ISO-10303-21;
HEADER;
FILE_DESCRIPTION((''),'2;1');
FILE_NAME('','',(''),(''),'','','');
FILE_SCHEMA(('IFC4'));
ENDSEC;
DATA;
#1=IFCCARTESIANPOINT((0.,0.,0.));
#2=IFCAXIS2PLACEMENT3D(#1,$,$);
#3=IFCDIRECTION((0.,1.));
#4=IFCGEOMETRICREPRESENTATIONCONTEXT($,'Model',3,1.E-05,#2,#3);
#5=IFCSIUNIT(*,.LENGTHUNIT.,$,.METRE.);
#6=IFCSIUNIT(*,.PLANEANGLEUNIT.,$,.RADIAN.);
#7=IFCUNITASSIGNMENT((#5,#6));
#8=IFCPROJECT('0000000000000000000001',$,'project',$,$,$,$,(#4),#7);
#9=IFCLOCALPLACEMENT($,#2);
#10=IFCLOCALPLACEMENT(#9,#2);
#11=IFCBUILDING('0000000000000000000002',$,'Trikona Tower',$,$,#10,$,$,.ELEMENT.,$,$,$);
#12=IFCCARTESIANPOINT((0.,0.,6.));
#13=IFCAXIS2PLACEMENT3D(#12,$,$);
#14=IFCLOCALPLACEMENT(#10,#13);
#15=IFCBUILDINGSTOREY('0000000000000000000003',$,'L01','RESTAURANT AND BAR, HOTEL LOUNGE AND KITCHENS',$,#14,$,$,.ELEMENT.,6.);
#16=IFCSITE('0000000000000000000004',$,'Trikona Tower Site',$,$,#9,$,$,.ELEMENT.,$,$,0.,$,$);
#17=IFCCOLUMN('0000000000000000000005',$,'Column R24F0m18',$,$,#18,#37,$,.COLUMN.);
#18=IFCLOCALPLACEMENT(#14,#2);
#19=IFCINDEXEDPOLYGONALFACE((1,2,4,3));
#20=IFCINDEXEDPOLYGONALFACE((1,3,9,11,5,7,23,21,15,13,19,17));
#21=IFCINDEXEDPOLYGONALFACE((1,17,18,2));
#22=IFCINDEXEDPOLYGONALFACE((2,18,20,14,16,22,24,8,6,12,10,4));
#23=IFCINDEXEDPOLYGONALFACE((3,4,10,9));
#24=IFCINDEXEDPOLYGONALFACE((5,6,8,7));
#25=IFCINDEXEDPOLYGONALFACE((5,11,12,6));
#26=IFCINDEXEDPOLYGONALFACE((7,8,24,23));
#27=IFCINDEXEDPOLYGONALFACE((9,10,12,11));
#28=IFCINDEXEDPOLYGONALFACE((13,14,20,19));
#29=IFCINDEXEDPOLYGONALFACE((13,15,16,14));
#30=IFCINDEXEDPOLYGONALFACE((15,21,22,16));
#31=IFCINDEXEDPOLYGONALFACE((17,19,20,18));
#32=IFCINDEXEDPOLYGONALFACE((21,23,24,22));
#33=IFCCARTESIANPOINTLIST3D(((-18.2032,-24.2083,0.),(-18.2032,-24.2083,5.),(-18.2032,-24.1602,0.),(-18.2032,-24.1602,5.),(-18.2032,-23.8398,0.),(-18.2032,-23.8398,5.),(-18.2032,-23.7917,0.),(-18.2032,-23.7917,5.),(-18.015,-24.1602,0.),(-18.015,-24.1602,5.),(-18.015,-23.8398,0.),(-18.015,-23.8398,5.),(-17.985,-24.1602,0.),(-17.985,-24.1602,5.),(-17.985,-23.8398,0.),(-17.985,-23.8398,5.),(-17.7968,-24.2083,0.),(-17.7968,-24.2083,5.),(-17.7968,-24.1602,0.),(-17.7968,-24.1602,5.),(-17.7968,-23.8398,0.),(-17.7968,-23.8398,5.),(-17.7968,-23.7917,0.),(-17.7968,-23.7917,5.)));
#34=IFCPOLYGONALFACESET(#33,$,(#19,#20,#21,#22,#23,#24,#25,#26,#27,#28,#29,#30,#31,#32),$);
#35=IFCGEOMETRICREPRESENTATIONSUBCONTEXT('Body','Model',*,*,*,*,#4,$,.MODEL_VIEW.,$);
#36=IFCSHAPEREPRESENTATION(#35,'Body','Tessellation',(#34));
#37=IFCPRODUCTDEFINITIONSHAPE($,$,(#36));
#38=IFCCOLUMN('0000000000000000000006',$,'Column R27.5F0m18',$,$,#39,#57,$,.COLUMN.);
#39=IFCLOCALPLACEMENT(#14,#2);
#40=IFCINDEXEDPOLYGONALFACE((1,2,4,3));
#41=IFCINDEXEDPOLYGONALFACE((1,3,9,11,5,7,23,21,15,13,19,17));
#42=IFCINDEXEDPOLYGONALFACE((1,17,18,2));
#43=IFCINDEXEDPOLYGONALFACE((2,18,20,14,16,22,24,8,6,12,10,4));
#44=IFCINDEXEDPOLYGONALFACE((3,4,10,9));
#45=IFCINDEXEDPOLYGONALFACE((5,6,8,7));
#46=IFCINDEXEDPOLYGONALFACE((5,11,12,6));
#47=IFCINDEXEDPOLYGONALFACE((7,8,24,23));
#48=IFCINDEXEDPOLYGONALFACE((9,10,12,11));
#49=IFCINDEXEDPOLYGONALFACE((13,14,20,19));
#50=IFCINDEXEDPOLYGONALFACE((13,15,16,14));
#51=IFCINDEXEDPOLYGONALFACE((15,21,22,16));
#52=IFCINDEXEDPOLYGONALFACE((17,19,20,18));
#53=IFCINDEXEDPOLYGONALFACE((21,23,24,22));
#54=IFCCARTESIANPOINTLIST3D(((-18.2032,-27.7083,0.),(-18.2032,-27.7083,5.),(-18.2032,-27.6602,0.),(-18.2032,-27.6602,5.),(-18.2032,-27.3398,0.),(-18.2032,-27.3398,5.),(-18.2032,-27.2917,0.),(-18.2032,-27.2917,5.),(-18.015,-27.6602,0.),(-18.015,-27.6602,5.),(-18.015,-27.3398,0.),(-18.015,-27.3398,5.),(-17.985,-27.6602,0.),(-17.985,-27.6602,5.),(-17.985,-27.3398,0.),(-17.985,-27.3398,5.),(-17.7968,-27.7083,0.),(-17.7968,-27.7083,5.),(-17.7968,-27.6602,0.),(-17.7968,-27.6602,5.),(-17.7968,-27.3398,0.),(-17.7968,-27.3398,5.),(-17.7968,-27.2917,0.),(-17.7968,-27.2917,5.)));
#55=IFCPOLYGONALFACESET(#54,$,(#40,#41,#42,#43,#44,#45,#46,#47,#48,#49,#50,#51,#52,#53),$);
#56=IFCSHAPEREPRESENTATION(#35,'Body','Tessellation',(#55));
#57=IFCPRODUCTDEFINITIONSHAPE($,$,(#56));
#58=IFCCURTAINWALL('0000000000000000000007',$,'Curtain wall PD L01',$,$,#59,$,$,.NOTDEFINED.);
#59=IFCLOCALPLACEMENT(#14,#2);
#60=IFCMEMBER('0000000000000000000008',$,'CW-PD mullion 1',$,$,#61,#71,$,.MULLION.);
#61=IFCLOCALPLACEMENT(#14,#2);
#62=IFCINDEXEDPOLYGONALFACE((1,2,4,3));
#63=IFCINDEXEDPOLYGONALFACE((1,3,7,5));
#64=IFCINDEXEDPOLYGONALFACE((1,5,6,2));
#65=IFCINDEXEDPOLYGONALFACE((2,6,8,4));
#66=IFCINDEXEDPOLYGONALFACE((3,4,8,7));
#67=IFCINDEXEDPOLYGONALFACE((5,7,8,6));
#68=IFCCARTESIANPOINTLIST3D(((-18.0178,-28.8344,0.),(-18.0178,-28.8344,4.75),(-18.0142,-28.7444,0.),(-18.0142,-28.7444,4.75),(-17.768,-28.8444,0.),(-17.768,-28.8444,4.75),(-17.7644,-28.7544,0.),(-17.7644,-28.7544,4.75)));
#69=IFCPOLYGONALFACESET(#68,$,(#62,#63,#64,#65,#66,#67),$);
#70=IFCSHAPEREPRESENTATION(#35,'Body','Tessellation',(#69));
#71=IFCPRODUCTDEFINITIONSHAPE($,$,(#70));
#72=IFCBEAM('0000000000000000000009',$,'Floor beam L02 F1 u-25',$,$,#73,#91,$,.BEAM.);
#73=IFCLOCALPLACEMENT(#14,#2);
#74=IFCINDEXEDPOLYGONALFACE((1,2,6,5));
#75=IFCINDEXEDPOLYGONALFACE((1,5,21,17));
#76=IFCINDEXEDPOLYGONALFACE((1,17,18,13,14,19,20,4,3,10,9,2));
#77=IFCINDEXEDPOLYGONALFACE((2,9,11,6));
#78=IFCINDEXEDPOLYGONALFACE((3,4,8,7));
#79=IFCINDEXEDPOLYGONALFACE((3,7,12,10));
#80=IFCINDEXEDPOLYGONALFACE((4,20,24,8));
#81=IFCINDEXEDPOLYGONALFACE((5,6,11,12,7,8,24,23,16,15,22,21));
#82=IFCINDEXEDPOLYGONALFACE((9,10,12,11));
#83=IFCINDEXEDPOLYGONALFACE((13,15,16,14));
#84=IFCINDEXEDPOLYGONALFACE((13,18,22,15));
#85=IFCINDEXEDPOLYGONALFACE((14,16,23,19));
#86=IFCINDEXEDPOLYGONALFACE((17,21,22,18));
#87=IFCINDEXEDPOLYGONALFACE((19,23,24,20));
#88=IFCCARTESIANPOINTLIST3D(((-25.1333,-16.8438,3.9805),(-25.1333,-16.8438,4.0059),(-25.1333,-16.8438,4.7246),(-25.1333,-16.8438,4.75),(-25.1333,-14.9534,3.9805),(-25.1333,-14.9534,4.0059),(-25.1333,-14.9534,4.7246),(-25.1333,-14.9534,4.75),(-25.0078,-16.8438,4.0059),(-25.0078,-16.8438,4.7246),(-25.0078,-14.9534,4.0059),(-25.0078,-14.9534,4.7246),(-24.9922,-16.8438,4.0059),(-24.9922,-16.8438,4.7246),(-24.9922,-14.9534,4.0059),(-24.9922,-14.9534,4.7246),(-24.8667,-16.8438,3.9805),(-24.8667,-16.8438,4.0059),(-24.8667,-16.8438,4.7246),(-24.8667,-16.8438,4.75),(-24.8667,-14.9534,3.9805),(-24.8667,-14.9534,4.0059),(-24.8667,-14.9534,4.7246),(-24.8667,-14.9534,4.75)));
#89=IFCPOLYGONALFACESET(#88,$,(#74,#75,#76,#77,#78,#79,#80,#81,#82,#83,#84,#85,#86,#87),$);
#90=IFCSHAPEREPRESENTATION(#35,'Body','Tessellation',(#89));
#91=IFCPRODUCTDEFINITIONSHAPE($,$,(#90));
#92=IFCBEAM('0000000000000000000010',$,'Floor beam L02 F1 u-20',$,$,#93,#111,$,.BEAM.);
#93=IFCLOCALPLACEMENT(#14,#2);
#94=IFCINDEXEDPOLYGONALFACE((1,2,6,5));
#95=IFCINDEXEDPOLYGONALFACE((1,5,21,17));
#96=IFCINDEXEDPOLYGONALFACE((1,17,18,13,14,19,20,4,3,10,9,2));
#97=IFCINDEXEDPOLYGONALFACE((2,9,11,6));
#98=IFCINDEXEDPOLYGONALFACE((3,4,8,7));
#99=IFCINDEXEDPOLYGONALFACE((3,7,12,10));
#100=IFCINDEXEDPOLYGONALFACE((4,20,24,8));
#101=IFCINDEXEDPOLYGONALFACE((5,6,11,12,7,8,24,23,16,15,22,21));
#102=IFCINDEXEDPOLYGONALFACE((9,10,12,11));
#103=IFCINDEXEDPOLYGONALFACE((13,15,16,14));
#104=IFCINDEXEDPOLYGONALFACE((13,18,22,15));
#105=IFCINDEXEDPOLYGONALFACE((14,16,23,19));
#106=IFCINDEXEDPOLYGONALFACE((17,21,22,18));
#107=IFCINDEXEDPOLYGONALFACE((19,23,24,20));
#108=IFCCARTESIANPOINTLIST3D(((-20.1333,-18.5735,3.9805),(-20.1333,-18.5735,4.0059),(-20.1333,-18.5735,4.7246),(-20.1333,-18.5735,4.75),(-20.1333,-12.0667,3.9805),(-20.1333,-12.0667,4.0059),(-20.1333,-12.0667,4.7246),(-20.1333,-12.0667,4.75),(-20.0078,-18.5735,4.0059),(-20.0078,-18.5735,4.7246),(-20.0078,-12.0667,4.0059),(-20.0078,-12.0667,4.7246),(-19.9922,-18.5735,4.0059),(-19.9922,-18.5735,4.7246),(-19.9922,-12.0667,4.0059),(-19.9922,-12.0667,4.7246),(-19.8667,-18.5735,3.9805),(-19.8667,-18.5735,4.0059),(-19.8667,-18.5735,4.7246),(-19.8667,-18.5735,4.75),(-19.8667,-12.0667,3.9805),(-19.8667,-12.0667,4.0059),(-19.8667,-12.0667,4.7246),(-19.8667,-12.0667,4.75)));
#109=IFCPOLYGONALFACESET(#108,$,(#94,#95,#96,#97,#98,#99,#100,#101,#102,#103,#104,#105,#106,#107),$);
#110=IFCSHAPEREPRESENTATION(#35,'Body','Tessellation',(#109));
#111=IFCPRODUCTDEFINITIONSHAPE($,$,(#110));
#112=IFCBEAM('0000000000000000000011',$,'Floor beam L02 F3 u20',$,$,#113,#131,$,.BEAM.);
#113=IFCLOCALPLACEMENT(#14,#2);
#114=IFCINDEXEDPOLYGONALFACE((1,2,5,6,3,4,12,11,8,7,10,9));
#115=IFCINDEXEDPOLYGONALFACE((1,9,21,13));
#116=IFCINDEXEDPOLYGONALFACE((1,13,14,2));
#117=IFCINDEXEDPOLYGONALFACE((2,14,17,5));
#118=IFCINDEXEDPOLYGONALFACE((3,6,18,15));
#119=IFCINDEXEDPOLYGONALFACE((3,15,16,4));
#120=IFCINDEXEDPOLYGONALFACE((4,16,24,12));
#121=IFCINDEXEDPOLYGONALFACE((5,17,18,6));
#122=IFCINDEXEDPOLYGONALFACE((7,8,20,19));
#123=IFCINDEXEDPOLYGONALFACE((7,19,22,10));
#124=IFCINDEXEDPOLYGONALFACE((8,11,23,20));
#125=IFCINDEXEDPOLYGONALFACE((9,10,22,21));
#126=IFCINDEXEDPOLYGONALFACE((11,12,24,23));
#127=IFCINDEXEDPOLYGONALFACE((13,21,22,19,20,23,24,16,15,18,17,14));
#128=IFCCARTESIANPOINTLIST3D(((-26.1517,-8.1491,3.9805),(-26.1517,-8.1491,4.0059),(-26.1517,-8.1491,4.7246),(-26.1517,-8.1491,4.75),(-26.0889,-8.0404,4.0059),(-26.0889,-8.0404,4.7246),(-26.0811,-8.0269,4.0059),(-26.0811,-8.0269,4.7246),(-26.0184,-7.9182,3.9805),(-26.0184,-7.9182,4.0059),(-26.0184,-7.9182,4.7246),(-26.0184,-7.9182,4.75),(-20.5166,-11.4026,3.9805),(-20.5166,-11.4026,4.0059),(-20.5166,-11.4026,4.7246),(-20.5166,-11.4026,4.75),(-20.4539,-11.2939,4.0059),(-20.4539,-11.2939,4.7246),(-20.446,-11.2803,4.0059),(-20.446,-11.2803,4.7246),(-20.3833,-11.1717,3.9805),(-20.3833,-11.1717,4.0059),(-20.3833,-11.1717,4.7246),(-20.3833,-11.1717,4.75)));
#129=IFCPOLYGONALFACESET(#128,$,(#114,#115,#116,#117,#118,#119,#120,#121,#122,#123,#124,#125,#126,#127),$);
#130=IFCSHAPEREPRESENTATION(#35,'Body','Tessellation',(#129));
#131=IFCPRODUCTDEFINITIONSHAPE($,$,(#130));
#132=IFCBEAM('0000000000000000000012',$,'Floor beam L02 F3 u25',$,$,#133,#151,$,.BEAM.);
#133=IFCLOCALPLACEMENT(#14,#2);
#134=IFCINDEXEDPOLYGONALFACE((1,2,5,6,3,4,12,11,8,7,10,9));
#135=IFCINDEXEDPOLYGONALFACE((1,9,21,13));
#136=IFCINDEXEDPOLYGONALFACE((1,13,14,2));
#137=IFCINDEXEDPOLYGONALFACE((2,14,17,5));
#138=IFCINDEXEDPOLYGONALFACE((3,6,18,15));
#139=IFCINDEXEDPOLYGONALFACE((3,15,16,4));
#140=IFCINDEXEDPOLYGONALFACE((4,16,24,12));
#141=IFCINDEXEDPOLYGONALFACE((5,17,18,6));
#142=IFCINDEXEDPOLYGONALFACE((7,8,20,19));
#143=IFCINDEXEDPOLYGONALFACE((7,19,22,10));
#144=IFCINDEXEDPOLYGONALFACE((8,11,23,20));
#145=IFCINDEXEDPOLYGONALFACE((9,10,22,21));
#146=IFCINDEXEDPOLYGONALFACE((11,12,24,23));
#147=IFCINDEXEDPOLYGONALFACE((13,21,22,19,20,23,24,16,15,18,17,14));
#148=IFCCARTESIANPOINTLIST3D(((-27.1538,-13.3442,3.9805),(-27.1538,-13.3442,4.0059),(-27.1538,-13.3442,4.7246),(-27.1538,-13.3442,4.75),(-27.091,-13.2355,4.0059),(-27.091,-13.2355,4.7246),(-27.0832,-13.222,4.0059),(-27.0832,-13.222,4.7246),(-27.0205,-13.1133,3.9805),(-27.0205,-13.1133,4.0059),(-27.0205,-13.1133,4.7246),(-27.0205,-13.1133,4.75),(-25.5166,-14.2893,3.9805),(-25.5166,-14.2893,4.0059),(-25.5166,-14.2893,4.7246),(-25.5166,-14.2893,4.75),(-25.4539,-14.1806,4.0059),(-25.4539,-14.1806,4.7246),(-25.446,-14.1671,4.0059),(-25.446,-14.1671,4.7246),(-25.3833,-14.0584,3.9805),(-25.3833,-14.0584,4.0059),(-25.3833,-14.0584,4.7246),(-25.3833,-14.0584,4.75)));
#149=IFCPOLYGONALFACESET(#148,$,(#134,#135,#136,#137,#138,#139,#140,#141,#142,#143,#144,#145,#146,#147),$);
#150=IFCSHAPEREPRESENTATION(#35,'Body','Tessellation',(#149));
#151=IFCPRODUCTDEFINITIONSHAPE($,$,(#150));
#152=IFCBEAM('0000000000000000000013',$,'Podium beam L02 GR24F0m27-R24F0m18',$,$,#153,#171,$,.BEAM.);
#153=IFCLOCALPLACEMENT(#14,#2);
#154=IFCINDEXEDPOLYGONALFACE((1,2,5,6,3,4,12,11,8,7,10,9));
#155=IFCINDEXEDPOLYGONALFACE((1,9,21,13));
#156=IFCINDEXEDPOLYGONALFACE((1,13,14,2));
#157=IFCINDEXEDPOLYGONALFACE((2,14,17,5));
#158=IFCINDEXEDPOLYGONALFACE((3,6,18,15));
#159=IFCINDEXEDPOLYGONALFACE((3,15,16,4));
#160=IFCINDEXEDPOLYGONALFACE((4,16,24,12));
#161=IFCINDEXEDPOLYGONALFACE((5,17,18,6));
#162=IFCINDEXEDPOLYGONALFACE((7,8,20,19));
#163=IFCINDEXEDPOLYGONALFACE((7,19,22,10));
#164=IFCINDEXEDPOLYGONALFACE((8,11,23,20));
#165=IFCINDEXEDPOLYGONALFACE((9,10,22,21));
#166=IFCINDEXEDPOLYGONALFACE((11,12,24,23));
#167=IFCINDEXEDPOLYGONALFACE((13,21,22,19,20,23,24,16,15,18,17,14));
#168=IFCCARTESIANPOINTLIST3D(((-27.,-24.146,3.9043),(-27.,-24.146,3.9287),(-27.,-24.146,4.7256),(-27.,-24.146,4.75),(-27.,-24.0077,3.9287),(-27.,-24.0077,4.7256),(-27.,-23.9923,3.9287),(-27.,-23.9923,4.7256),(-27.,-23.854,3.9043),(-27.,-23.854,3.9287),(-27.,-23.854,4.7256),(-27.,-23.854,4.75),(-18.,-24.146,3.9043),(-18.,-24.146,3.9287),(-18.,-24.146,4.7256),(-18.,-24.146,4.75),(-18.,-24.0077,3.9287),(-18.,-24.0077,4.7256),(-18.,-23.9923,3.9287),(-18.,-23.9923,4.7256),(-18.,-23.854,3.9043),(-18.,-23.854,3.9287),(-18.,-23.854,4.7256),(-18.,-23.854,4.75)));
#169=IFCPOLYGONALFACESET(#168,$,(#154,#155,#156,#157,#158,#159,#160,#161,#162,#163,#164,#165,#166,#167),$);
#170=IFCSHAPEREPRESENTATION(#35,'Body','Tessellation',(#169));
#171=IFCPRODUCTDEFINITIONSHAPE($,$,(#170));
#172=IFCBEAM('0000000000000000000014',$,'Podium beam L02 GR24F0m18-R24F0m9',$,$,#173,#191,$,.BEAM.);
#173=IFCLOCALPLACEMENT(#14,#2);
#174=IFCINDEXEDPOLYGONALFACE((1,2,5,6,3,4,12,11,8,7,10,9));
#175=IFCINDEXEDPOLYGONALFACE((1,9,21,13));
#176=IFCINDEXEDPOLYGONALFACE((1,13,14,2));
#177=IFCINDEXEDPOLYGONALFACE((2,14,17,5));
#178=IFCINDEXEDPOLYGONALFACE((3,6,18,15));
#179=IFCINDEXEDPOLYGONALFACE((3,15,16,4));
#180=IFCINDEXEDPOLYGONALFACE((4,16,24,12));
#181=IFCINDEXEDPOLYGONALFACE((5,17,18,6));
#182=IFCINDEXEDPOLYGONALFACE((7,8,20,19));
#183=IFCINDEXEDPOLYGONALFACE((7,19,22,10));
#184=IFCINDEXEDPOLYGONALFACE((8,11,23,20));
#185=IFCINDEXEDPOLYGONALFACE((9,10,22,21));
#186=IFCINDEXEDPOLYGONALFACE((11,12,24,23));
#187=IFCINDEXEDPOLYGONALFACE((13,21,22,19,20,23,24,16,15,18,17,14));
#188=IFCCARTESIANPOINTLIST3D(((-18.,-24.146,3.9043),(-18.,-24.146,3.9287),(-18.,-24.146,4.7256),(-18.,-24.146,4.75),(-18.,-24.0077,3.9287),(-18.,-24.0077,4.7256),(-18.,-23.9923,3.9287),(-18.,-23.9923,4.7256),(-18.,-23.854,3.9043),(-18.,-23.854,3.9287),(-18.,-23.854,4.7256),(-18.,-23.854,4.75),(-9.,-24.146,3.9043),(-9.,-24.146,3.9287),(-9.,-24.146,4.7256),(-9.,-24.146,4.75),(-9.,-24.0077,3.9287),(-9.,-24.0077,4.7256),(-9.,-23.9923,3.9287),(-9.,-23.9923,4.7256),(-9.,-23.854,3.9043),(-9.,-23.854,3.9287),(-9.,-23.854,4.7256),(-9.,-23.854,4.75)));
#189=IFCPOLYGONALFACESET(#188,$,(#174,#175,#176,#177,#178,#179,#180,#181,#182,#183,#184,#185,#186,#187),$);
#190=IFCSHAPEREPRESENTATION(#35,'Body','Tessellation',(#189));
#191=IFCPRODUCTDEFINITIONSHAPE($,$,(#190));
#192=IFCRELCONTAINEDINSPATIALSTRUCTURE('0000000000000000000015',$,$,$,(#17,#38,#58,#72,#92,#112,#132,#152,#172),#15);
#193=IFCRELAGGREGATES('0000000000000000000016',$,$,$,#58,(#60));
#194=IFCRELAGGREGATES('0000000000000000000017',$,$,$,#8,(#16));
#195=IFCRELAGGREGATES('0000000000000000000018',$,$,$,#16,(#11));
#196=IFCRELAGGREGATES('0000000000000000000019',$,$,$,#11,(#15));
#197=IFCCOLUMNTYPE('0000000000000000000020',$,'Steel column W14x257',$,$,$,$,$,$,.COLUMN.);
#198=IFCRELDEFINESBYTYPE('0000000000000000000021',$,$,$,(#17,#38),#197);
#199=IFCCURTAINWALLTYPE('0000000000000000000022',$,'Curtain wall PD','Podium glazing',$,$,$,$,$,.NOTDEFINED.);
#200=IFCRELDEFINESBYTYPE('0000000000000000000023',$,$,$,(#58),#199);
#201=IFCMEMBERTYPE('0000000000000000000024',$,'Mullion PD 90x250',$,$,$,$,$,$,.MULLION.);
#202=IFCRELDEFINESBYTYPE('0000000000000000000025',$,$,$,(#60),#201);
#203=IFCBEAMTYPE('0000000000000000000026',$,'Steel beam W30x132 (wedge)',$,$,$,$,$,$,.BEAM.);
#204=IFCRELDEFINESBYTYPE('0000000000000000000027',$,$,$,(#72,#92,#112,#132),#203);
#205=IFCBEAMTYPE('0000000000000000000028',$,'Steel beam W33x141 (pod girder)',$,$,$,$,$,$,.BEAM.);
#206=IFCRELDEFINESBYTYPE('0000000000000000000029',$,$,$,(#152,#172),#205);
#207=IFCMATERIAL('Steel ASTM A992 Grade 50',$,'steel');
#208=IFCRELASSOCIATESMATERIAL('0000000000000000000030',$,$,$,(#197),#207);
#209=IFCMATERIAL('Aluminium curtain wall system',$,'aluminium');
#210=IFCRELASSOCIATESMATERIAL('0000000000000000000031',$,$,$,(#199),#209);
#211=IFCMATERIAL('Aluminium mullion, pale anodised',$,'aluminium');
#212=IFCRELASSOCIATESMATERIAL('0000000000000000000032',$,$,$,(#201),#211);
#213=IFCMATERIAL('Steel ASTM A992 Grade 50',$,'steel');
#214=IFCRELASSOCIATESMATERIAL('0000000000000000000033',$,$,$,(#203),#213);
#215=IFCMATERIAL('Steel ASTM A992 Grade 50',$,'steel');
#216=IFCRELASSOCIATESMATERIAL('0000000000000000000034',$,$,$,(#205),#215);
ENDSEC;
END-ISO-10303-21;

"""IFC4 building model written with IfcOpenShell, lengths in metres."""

from ifc_helpers import new_model, si_unit, direction, frame, origin, origin_2d, place, context, subcontext, project, spatial, rectangle, i_section, extrude, material, material_profile, profile_set, type_object, element, aggregate, save


model = new_model("IFC4")

# Units and contexts
model_context = context("Model", 3, precision=1e-05, world=origin(), true_north=direction((0.0, 1.0)))
body_context = subcontext(model_context, "Body", "Model", "MODEL_VIEW")
ifc_project = project(units=[si_unit("LENGTHUNIT", "METRE"), si_unit("PLANEANGLEUNIT", "RADIAN")], contexts=[model_context])

# Site, building, storey
site_placement = place(None, origin())
site = spatial("IfcSite", under=ifc_project, at=site_placement, Name="Trikona Tower Site", CompositionType="ELEMENT", RefElevation=0.0)
building_placement = place(site_placement, origin())
building = spatial("IfcBuilding", under=site, at=building_placement, Name="Trikona Tower", CompositionType="ELEMENT")
storey_placement = place(building_placement, frame((0.0, 0.0, 6.0)))
storey = spatial("IfcBuildingStorey", under=building, at=storey_placement, Name="L01", Description="RESTAURANT AND BAR, HOTEL LOUNGE AND KITCHENS", CompositionType="ELEMENT", Elevation=6.0)

# Columns
ifc_material_1 = material(Name="Steel ASTM A992 Grade 50", Category="steel")
ifc_material_profile_1 = material_profile(ifc_material_1, i_section(OverallWidth=0.4065, OverallDepth=0.4165, WebThickness=0.03, FlangeThickness=0.0481, at=origin_2d()), Name="W14X257")
ifc_profile_set_1 = profile_set([ifc_material_profile_1], Name="Steel ASTM A992 Grade 50")
column_type = type_object("IfcColumnType", Name="Steel column W14x257", PredefinedType="COLUMN", material=ifc_profile_set_1)
for number, where, z_axis, x_axis, name in (
    (1, (-18.0, -24.0, 0.0), (0.0, 0.0, 1.0), (1.0, 0.0, 0.0), "Column R24F0m18"),
    (2, (-18.0, -27.5, 0.0), (0.0, 0.0, 1.0), (1.0, 0.0, 0.0), "Column R27.5F0m18"),
):
    element("IfcColumn", number, at=place(storey_placement, frame(where, z_axis=z_axis, x_axis=x_axis)), inside=storey, type_object=column_type, Name=name, PredefinedType="COLUMN", context=body_context, shape_type="SweptSolid", body=[
        extrude(i_section(OverallWidth=0.4065, OverallDepth=0.4165, WebThickness=0.03, FlangeThickness=0.0481, at=origin_2d()), origin(), (0.0, 0.0, 1.0), 5.0),
    ])

# Curtain wall, member
ifc_material_2 = material(Name="Aluminium curtain wall system", Category="aluminium")
curtain_wall_type = type_object("IfcCurtainWallType", Name="Curtain wall PD", Description="Podium glazing", PredefinedType="NOTDEFINED", material=ifc_material_2)
curtain_wall_placement = place(storey_placement, origin())
curtain_wall = element("IfcCurtainWall", 3, at=curtain_wall_placement, inside=storey, type_object=curtain_wall_type, Name="Curtain wall PD L01", PredefinedType="NOTDEFINED")
ifc_material_3 = material(Name="Aluminium mullion, pale anodised", Category="aluminium")
ifc_material_profile_2 = material_profile(ifc_material_3, rectangle(XDim=0.0901, YDim=0.25, at=origin_2d()), Name="MUL-PD")
ifc_profile_set_2 = profile_set([ifc_material_profile_2], Name="Aluminium mullion, pale anodised")
member_type_1 = type_object("IfcMemberType", Name="Mullion PD 90x250", PredefinedType="MULLION", material=ifc_profile_set_2)
member_1_placement = place(storey_placement, frame((-17.8911, -28.7944, 0.0), z_axis=(0.0, 0.0, 1.0), x_axis=(0.039968, 0.999201, 0.0)))
member_1 = element("IfcMember", 4, at=member_1_placement, type_object=member_type_1, Name="CW-PD mullion 1", PredefinedType="MULLION", context=body_context, shape_type="SweptSolid", body=[
    extrude(rectangle(XDim=0.0901, YDim=0.25, at=origin_2d()), origin(), (0.0, 0.0, 1.0), 4.75),
])

# Beams
ifc_material_4 = material(Name="Steel ASTM A992 Grade 50", Category="steel")
ifc_material_profile_3 = material_profile(ifc_material_4, i_section(OverallWidth=0.2666, OverallDepth=0.7695, WebThickness=0.0156, FlangeThickness=0.0254, at=origin_2d()), Name="W30X132")
ifc_profile_set_3 = profile_set([ifc_material_profile_3], Name="Steel ASTM A992 Grade 50")
beam_type_1 = type_object("IfcBeamType", Name="Steel beam W30x132 (wedge)", PredefinedType="BEAM", material=ifc_profile_set_3)
beam_1_placement = place(storey_placement, frame((-25.0, -14.9534, 4.3652), z_axis=(0.0, -1.0, 0.0), x_axis=(1.0, 0.0, 0.0)))
element("IfcBeam", 5, at=beam_1_placement, inside=storey, type_object=beam_type_1, Name="Floor beam L02 F1 u-25", PredefinedType="BEAM", context=body_context, shape_type="SweptSolid", body=[
    extrude(i_section(OverallWidth=0.2666, OverallDepth=0.7695, WebThickness=0.0156, FlangeThickness=0.0254, at=origin_2d()), origin(), (0.0, 0.0, 1.0), 1.8904),
])
for number, where, z_axis, x_axis, name in (
    (6, (-20.0, -12.0667, 4.3652), (0.0, -1.0, 0.0), (1.0, 0.0, 0.0), "Floor beam L02 F1 u-20"),
    (7, (-20.45, -11.2871, 4.3652), (-0.866023, 0.500005, 0.0), (-0.500005, -0.866023, 0.0), "Floor beam L02 F3 u20"),
):
    element("IfcBeam", number, at=place(storey_placement, frame(where, z_axis=z_axis, x_axis=x_axis)), inside=storey, type_object=beam_type_1, Name=name, PredefinedType="BEAM", context=body_context, shape_type="SweptSolid", body=[
        extrude(i_section(OverallWidth=0.2666, OverallDepth=0.7695, WebThickness=0.0156, FlangeThickness=0.0254, at=origin_2d()), origin(), (0.0, 0.0, 1.0), 6.5068),
    ])
beam_2_placement = place(storey_placement, frame((-25.45, -14.1738, 4.3652), z_axis=(-0.866065, 0.499931, 0.0), x_axis=(-0.499931, -0.866065, 0.0)))
element("IfcBeam", 8, at=beam_2_placement, inside=storey, type_object=beam_type_1, Name="Floor beam L02 F3 u25", PredefinedType="BEAM", context=body_context, shape_type="SweptSolid", body=[
    extrude(i_section(OverallWidth=0.2666, OverallDepth=0.7695, WebThickness=0.0156, FlangeThickness=0.0254, at=origin_2d()), origin(), (0.0, 0.0, 1.0), 1.8904),
])
ifc_material_5 = material(Name="Steel ASTM A992 Grade 50", Category="steel")
ifc_material_profile_4 = material_profile(ifc_material_5, i_section(OverallWidth=0.292, OverallDepth=0.8457, WebThickness=0.0154, FlangeThickness=0.0244, at=origin_2d()), Name="W33X141")
ifc_profile_set_4 = profile_set([ifc_material_profile_4], Name="Steel ASTM A992 Grade 50")
beam_type_2 = type_object("IfcBeamType", Name="Steel beam W33x141 (pod girder)", PredefinedType="BEAM", material=ifc_profile_set_4)
for number, where, z_axis, x_axis, name in (
    (9, (-27.0, -24.0, 4.3271), (1.0, 0.0, 0.0), (0.0, 1.0, 0.0), "Podium beam L02 GR24F0m27-R24F0m18"),
    (10, (-18.0, -24.0, 4.3271), (1.0, 0.0, 0.0), (0.0, 1.0, 0.0), "Podium beam L02 GR24F0m18-R24F0m9"),
):
    element("IfcBeam", number, at=place(storey_placement, frame(where, z_axis=z_axis, x_axis=x_axis)), inside=storey, type_object=beam_type_2, Name=name, PredefinedType="BEAM", context=body_context, shape_type="SweptSolid", body=[
        extrude(i_section(OverallWidth=0.292, OverallDepth=0.8457, WebThickness=0.0154, FlangeThickness=0.0244, at=origin_2d()), origin(), (0.0, 0.0, 1.0), 9.0),
    ])

aggregate(curtain_wall, [member_1])

save(model, "model.ifc")
